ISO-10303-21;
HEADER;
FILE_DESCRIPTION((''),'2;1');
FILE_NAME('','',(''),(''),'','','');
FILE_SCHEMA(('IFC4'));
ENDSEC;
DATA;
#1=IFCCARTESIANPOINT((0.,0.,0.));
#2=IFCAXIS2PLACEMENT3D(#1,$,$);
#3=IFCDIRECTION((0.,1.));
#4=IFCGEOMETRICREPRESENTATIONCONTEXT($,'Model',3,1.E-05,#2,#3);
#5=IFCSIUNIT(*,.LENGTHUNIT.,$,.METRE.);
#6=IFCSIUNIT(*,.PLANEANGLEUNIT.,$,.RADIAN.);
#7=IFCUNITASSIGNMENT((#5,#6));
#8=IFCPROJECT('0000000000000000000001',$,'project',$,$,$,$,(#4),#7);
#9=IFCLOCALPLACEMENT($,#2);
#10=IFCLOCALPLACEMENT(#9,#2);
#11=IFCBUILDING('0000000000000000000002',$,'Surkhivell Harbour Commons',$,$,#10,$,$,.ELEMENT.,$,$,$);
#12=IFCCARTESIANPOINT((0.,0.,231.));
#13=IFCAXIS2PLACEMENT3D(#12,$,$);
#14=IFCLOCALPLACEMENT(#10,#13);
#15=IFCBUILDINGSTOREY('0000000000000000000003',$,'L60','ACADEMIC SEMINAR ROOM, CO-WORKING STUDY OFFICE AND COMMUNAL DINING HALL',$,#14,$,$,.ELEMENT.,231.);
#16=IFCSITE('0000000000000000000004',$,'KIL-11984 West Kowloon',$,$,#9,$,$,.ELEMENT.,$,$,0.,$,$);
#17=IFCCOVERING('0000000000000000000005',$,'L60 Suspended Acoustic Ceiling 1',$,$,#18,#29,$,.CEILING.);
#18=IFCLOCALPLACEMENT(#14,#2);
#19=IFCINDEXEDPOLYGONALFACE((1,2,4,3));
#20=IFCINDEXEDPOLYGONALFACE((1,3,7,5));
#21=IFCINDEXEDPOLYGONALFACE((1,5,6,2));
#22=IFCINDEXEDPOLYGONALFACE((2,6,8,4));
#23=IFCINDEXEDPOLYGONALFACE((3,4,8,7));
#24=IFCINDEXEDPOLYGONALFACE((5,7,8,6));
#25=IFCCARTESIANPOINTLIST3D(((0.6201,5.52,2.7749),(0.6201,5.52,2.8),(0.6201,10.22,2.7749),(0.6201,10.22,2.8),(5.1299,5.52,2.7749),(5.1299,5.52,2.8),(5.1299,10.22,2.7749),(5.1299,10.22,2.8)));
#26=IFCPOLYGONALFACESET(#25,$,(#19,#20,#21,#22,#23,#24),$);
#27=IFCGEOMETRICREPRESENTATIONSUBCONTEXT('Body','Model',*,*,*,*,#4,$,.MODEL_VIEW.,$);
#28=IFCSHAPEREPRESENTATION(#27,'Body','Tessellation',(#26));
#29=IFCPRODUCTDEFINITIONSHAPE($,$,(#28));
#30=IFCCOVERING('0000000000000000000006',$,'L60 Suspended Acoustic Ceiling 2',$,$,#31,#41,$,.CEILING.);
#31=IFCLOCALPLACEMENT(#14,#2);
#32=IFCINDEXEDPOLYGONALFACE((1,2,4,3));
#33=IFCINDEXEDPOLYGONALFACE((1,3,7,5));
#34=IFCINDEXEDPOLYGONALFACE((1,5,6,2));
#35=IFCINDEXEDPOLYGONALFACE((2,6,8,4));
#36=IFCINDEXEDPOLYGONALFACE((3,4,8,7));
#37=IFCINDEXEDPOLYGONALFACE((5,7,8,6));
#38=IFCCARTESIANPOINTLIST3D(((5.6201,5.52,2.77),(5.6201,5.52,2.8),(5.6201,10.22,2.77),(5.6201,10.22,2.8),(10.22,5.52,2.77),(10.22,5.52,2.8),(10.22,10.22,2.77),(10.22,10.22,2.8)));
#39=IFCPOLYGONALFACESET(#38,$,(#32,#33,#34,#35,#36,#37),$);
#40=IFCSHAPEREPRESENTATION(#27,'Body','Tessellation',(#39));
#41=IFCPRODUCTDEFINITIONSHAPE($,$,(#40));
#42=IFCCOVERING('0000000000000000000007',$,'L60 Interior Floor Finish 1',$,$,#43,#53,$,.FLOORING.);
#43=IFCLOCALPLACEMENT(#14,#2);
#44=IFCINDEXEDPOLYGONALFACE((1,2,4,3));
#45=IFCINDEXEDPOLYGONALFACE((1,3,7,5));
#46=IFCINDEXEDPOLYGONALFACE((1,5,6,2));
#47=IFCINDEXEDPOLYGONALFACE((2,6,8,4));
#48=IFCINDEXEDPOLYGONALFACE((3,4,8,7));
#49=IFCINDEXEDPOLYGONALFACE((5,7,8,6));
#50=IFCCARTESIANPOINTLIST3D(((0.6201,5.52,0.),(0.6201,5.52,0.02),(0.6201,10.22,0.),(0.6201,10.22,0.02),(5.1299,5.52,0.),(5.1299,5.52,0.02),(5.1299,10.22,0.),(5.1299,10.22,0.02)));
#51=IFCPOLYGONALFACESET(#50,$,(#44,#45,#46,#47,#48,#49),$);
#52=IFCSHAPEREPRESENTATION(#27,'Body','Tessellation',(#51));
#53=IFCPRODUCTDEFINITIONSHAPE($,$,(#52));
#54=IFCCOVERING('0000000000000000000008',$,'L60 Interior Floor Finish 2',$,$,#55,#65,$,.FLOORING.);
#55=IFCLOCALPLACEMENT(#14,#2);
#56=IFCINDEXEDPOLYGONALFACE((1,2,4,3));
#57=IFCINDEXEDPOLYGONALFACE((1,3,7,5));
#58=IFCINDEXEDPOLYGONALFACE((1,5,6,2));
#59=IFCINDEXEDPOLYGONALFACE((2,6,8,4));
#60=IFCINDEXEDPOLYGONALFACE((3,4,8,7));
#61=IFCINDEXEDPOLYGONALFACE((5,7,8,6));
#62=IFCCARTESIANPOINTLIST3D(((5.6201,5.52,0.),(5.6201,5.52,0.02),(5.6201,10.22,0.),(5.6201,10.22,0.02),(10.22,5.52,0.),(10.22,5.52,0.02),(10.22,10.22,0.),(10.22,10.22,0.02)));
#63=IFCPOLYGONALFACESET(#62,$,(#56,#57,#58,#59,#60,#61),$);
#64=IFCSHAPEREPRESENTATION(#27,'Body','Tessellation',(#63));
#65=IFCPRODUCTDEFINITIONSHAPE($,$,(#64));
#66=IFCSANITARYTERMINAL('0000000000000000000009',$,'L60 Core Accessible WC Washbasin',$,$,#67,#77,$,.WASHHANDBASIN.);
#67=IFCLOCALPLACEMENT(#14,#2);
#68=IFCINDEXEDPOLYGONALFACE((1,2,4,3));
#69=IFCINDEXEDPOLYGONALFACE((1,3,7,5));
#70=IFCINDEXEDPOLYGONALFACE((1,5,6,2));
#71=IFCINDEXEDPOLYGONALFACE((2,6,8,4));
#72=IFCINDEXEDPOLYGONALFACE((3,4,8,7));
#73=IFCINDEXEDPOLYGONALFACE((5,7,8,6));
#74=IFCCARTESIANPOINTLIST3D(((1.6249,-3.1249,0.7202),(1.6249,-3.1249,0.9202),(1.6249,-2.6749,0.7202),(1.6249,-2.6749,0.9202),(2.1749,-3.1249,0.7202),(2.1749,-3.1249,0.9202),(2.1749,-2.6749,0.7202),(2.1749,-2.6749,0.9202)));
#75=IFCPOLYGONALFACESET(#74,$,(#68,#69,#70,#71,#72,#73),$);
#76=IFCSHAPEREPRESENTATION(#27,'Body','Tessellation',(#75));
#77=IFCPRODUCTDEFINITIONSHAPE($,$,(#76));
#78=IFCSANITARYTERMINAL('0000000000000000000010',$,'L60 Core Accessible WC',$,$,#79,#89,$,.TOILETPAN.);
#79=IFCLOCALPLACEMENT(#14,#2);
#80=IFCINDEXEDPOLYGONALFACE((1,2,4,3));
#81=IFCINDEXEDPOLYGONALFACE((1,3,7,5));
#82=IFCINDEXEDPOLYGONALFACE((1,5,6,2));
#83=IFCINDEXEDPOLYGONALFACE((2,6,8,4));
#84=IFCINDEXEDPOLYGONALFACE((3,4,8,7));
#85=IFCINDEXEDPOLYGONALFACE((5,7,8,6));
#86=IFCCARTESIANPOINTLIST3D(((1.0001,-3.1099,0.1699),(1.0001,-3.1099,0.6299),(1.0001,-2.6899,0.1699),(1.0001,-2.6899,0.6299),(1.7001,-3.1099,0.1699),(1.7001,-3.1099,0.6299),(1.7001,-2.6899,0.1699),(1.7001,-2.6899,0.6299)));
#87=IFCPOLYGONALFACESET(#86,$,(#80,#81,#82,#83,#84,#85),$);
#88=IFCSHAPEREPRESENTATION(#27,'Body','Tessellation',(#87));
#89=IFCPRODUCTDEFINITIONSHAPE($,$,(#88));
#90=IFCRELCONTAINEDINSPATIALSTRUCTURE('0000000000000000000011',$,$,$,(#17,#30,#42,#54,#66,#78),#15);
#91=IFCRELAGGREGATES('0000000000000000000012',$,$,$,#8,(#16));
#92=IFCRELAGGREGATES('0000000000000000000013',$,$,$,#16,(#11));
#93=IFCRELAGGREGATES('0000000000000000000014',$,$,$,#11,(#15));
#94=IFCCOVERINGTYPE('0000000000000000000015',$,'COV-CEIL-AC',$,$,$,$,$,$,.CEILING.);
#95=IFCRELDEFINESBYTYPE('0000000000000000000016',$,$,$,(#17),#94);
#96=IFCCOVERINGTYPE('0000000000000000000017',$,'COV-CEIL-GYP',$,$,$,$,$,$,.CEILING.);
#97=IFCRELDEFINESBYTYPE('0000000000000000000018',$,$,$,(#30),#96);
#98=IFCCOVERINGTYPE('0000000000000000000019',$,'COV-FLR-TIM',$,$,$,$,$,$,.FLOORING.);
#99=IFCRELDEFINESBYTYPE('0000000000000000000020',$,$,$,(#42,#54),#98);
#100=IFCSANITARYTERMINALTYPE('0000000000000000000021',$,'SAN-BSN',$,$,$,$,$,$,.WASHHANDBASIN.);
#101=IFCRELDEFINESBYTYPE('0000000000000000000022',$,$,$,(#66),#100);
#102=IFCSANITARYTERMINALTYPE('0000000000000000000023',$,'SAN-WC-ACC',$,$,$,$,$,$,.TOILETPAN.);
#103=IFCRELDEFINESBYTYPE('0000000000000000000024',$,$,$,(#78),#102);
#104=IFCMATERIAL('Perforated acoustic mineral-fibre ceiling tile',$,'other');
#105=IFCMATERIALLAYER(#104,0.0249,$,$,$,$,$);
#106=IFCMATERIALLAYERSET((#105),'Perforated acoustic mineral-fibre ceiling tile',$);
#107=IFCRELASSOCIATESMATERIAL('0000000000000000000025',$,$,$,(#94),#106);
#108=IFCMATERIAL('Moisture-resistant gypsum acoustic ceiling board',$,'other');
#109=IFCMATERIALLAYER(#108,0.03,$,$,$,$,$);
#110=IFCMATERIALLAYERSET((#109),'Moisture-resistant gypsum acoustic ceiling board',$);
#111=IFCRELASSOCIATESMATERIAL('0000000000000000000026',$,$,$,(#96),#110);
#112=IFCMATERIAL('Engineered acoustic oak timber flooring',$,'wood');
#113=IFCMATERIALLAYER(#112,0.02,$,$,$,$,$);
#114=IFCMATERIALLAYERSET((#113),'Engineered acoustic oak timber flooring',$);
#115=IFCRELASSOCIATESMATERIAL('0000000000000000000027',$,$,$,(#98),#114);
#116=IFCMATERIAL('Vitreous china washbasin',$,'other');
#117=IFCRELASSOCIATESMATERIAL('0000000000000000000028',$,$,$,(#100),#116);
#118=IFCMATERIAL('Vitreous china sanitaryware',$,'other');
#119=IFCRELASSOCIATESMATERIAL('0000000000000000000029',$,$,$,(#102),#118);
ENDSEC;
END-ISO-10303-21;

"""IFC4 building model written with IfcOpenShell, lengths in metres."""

from ifc_helpers import new_model, si_unit, direction, frame, origin, origin_2d, place, context, subcontext, project, spatial, polyline, rectangle, outline, extrude, material, layer, layer_set, type_object, element, save


model = new_model("IFC4")

# Units and contexts
model_context = context("Model", 3, precision=1e-05, world=origin(), true_north=direction((0.0, 1.0)))
body_context = subcontext(model_context, "Body", "Model", "MODEL_VIEW")
ifc_project = project(units=[si_unit("LENGTHUNIT", "METRE"), si_unit("PLANEANGLEUNIT", "RADIAN")], contexts=[model_context])

# Site, building, storey
site_placement = place(None, origin())
site = spatial("IfcSite", under=ifc_project, at=site_placement, Name="KIL-11984 West Kowloon", CompositionType="ELEMENT", RefElevation=0.0)
building_placement = place(site_placement, origin())
building = spatial("IfcBuilding", under=site, at=building_placement, Name="Surkhivell Harbour Commons", CompositionType="ELEMENT")
storey_placement = place(building_placement, frame((0.0, 0.0, 231.0)))
storey = spatial("IfcBuildingStorey", under=building, at=storey_placement, Name="L60", Description="ACADEMIC SEMINAR ROOM, CO-WORKING STUDY OFFICE AND COMMUNAL DINING HALL", CompositionType="ELEMENT", Elevation=231.0)

# Coverings
ifc_material_1 = material(Name="Perforated acoustic mineral-fibre ceiling tile", Category="other")
ifc_layer_1 = layer(ifc_material_1, 0.0249)
ifc_layer_set_1 = layer_set([ifc_layer_1], Name="Perforated acoustic mineral-fibre ceiling tile")
covering_type_1 = type_object("IfcCoveringType", Name="COV-CEIL-AC", PredefinedType="CEILING", material=ifc_layer_set_1)
covering_1_placement = place(storey_placement, frame((0.0, 0.0, 2.7749)))
element("IfcCovering", 1, at=covering_1_placement, inside=storey, type_object=covering_type_1, Name="L60 Suspended Acoustic Ceiling 1", PredefinedType="CEILING", context=body_context, shape_type="SweptSolid", body=[
    extrude(outline(polyline([(0.6201, 5.52), (5.1299, 5.52), (5.1299, 10.22), (0.6201, 10.22), (0.6201, 5.52)])), origin(), (0.0, 0.0, 1.0), 0.0251),
])
ifc_material_2 = material(Name="Moisture-resistant gypsum acoustic ceiling board", Category="other")
ifc_layer_2 = layer(ifc_material_2, 0.03)
ifc_layer_set_2 = layer_set([ifc_layer_2], Name="Moisture-resistant gypsum acoustic ceiling board")
covering_type_2 = type_object("IfcCoveringType", Name="COV-CEIL-GYP", PredefinedType="CEILING", material=ifc_layer_set_2)
covering_2_placement = place(storey_placement, frame((0.0, 0.0, 2.77)))
element("IfcCovering", 2, at=covering_2_placement, inside=storey, type_object=covering_type_2, Name="L60 Suspended Acoustic Ceiling 2", PredefinedType="CEILING", context=body_context, shape_type="SweptSolid", body=[
    extrude(outline(polyline([(5.6201, 5.52), (10.22, 5.52), (10.22, 10.22), (5.6201, 10.22), (5.6201, 5.52)])), origin(), (0.0, 0.0, 1.0), 0.03),
])
ifc_material_3 = material(Name="Engineered acoustic oak timber flooring", Category="wood")
ifc_layer_3 = layer(ifc_material_3, 0.02)
ifc_layer_set_3 = layer_set([ifc_layer_3], Name="Engineered acoustic oak timber flooring")
covering_type_3 = type_object("IfcCoveringType", Name="COV-FLR-TIM", PredefinedType="FLOORING", material=ifc_layer_set_3)
covering_3_placement = place(storey_placement, origin())
element("IfcCovering", 3, at=covering_3_placement, inside=storey, type_object=covering_type_3, Name="L60 Interior Floor Finish 1", PredefinedType="FLOORING", context=body_context, shape_type="SweptSolid", body=[
    extrude(outline(polyline([(0.6201, 5.52), (5.1299, 5.52), (5.1299, 10.22), (0.6201, 10.22), (0.6201, 5.52)])), origin(), (0.0, 0.0, 1.0), 0.02),
])
covering_4_placement = place(storey_placement, origin())
element("IfcCovering", 4, at=covering_4_placement, inside=storey, type_object=covering_type_3, Name="L60 Interior Floor Finish 2", PredefinedType="FLOORING", context=body_context, shape_type="SweptSolid", body=[
    extrude(outline(polyline([(5.6201, 5.52), (10.22, 5.52), (10.22, 10.22), (5.6201, 10.22), (5.6201, 5.52)])), origin(), (0.0, 0.0, 1.0), 0.02),
])

# Sanitary terminals
ifc_material_4 = material(Name="Vitreous china washbasin", Category="other")
sanitary_terminal_type_1 = type_object("IfcSanitaryTerminalType", Name="SAN-BSN", PredefinedType="WASHHANDBASIN", material=ifc_material_4)
sanitary_terminal_1_placement = place(storey_placement, frame((1.8999, -2.8999, 0.7202), z_axis=(0.0, 0.0, 1.0), x_axis=(1.0, 0.0, 0.0)))
element("IfcSanitaryTerminal", 5, at=sanitary_terminal_1_placement, inside=storey, type_object=sanitary_terminal_type_1, Name="L60 Core Accessible WC Washbasin", PredefinedType="WASHHANDBASIN", context=body_context, shape_type="SweptSolid", body=[
    extrude(rectangle(XDim=0.55, YDim=0.45, at=origin_2d()), origin(), (0.0, 0.0, 1.0), 0.2),
])
ifc_material_5 = material(Name="Vitreous china sanitaryware", Category="other")
sanitary_terminal_type_2 = type_object("IfcSanitaryTerminalType", Name="SAN-WC-ACC", PredefinedType="TOILETPAN", material=ifc_material_5)
sanitary_terminal_2_placement = place(storey_placement, frame((1.3501, -2.8999, 0.1699), z_axis=(0.0, 0.0, 1.0), x_axis=(1.0, 0.0, 0.0)))
element("IfcSanitaryTerminal", 6, at=sanitary_terminal_2_placement, inside=storey, type_object=sanitary_terminal_type_2, Name="L60 Core Accessible WC", PredefinedType="TOILETPAN", context=body_context, shape_type="SweptSolid", body=[
    extrude(rectangle(XDim=0.7, YDim=0.4199, at=origin_2d()), origin(), (0.0, 0.0, 1.0), 0.46),
])

save(model, "model.ifc")
